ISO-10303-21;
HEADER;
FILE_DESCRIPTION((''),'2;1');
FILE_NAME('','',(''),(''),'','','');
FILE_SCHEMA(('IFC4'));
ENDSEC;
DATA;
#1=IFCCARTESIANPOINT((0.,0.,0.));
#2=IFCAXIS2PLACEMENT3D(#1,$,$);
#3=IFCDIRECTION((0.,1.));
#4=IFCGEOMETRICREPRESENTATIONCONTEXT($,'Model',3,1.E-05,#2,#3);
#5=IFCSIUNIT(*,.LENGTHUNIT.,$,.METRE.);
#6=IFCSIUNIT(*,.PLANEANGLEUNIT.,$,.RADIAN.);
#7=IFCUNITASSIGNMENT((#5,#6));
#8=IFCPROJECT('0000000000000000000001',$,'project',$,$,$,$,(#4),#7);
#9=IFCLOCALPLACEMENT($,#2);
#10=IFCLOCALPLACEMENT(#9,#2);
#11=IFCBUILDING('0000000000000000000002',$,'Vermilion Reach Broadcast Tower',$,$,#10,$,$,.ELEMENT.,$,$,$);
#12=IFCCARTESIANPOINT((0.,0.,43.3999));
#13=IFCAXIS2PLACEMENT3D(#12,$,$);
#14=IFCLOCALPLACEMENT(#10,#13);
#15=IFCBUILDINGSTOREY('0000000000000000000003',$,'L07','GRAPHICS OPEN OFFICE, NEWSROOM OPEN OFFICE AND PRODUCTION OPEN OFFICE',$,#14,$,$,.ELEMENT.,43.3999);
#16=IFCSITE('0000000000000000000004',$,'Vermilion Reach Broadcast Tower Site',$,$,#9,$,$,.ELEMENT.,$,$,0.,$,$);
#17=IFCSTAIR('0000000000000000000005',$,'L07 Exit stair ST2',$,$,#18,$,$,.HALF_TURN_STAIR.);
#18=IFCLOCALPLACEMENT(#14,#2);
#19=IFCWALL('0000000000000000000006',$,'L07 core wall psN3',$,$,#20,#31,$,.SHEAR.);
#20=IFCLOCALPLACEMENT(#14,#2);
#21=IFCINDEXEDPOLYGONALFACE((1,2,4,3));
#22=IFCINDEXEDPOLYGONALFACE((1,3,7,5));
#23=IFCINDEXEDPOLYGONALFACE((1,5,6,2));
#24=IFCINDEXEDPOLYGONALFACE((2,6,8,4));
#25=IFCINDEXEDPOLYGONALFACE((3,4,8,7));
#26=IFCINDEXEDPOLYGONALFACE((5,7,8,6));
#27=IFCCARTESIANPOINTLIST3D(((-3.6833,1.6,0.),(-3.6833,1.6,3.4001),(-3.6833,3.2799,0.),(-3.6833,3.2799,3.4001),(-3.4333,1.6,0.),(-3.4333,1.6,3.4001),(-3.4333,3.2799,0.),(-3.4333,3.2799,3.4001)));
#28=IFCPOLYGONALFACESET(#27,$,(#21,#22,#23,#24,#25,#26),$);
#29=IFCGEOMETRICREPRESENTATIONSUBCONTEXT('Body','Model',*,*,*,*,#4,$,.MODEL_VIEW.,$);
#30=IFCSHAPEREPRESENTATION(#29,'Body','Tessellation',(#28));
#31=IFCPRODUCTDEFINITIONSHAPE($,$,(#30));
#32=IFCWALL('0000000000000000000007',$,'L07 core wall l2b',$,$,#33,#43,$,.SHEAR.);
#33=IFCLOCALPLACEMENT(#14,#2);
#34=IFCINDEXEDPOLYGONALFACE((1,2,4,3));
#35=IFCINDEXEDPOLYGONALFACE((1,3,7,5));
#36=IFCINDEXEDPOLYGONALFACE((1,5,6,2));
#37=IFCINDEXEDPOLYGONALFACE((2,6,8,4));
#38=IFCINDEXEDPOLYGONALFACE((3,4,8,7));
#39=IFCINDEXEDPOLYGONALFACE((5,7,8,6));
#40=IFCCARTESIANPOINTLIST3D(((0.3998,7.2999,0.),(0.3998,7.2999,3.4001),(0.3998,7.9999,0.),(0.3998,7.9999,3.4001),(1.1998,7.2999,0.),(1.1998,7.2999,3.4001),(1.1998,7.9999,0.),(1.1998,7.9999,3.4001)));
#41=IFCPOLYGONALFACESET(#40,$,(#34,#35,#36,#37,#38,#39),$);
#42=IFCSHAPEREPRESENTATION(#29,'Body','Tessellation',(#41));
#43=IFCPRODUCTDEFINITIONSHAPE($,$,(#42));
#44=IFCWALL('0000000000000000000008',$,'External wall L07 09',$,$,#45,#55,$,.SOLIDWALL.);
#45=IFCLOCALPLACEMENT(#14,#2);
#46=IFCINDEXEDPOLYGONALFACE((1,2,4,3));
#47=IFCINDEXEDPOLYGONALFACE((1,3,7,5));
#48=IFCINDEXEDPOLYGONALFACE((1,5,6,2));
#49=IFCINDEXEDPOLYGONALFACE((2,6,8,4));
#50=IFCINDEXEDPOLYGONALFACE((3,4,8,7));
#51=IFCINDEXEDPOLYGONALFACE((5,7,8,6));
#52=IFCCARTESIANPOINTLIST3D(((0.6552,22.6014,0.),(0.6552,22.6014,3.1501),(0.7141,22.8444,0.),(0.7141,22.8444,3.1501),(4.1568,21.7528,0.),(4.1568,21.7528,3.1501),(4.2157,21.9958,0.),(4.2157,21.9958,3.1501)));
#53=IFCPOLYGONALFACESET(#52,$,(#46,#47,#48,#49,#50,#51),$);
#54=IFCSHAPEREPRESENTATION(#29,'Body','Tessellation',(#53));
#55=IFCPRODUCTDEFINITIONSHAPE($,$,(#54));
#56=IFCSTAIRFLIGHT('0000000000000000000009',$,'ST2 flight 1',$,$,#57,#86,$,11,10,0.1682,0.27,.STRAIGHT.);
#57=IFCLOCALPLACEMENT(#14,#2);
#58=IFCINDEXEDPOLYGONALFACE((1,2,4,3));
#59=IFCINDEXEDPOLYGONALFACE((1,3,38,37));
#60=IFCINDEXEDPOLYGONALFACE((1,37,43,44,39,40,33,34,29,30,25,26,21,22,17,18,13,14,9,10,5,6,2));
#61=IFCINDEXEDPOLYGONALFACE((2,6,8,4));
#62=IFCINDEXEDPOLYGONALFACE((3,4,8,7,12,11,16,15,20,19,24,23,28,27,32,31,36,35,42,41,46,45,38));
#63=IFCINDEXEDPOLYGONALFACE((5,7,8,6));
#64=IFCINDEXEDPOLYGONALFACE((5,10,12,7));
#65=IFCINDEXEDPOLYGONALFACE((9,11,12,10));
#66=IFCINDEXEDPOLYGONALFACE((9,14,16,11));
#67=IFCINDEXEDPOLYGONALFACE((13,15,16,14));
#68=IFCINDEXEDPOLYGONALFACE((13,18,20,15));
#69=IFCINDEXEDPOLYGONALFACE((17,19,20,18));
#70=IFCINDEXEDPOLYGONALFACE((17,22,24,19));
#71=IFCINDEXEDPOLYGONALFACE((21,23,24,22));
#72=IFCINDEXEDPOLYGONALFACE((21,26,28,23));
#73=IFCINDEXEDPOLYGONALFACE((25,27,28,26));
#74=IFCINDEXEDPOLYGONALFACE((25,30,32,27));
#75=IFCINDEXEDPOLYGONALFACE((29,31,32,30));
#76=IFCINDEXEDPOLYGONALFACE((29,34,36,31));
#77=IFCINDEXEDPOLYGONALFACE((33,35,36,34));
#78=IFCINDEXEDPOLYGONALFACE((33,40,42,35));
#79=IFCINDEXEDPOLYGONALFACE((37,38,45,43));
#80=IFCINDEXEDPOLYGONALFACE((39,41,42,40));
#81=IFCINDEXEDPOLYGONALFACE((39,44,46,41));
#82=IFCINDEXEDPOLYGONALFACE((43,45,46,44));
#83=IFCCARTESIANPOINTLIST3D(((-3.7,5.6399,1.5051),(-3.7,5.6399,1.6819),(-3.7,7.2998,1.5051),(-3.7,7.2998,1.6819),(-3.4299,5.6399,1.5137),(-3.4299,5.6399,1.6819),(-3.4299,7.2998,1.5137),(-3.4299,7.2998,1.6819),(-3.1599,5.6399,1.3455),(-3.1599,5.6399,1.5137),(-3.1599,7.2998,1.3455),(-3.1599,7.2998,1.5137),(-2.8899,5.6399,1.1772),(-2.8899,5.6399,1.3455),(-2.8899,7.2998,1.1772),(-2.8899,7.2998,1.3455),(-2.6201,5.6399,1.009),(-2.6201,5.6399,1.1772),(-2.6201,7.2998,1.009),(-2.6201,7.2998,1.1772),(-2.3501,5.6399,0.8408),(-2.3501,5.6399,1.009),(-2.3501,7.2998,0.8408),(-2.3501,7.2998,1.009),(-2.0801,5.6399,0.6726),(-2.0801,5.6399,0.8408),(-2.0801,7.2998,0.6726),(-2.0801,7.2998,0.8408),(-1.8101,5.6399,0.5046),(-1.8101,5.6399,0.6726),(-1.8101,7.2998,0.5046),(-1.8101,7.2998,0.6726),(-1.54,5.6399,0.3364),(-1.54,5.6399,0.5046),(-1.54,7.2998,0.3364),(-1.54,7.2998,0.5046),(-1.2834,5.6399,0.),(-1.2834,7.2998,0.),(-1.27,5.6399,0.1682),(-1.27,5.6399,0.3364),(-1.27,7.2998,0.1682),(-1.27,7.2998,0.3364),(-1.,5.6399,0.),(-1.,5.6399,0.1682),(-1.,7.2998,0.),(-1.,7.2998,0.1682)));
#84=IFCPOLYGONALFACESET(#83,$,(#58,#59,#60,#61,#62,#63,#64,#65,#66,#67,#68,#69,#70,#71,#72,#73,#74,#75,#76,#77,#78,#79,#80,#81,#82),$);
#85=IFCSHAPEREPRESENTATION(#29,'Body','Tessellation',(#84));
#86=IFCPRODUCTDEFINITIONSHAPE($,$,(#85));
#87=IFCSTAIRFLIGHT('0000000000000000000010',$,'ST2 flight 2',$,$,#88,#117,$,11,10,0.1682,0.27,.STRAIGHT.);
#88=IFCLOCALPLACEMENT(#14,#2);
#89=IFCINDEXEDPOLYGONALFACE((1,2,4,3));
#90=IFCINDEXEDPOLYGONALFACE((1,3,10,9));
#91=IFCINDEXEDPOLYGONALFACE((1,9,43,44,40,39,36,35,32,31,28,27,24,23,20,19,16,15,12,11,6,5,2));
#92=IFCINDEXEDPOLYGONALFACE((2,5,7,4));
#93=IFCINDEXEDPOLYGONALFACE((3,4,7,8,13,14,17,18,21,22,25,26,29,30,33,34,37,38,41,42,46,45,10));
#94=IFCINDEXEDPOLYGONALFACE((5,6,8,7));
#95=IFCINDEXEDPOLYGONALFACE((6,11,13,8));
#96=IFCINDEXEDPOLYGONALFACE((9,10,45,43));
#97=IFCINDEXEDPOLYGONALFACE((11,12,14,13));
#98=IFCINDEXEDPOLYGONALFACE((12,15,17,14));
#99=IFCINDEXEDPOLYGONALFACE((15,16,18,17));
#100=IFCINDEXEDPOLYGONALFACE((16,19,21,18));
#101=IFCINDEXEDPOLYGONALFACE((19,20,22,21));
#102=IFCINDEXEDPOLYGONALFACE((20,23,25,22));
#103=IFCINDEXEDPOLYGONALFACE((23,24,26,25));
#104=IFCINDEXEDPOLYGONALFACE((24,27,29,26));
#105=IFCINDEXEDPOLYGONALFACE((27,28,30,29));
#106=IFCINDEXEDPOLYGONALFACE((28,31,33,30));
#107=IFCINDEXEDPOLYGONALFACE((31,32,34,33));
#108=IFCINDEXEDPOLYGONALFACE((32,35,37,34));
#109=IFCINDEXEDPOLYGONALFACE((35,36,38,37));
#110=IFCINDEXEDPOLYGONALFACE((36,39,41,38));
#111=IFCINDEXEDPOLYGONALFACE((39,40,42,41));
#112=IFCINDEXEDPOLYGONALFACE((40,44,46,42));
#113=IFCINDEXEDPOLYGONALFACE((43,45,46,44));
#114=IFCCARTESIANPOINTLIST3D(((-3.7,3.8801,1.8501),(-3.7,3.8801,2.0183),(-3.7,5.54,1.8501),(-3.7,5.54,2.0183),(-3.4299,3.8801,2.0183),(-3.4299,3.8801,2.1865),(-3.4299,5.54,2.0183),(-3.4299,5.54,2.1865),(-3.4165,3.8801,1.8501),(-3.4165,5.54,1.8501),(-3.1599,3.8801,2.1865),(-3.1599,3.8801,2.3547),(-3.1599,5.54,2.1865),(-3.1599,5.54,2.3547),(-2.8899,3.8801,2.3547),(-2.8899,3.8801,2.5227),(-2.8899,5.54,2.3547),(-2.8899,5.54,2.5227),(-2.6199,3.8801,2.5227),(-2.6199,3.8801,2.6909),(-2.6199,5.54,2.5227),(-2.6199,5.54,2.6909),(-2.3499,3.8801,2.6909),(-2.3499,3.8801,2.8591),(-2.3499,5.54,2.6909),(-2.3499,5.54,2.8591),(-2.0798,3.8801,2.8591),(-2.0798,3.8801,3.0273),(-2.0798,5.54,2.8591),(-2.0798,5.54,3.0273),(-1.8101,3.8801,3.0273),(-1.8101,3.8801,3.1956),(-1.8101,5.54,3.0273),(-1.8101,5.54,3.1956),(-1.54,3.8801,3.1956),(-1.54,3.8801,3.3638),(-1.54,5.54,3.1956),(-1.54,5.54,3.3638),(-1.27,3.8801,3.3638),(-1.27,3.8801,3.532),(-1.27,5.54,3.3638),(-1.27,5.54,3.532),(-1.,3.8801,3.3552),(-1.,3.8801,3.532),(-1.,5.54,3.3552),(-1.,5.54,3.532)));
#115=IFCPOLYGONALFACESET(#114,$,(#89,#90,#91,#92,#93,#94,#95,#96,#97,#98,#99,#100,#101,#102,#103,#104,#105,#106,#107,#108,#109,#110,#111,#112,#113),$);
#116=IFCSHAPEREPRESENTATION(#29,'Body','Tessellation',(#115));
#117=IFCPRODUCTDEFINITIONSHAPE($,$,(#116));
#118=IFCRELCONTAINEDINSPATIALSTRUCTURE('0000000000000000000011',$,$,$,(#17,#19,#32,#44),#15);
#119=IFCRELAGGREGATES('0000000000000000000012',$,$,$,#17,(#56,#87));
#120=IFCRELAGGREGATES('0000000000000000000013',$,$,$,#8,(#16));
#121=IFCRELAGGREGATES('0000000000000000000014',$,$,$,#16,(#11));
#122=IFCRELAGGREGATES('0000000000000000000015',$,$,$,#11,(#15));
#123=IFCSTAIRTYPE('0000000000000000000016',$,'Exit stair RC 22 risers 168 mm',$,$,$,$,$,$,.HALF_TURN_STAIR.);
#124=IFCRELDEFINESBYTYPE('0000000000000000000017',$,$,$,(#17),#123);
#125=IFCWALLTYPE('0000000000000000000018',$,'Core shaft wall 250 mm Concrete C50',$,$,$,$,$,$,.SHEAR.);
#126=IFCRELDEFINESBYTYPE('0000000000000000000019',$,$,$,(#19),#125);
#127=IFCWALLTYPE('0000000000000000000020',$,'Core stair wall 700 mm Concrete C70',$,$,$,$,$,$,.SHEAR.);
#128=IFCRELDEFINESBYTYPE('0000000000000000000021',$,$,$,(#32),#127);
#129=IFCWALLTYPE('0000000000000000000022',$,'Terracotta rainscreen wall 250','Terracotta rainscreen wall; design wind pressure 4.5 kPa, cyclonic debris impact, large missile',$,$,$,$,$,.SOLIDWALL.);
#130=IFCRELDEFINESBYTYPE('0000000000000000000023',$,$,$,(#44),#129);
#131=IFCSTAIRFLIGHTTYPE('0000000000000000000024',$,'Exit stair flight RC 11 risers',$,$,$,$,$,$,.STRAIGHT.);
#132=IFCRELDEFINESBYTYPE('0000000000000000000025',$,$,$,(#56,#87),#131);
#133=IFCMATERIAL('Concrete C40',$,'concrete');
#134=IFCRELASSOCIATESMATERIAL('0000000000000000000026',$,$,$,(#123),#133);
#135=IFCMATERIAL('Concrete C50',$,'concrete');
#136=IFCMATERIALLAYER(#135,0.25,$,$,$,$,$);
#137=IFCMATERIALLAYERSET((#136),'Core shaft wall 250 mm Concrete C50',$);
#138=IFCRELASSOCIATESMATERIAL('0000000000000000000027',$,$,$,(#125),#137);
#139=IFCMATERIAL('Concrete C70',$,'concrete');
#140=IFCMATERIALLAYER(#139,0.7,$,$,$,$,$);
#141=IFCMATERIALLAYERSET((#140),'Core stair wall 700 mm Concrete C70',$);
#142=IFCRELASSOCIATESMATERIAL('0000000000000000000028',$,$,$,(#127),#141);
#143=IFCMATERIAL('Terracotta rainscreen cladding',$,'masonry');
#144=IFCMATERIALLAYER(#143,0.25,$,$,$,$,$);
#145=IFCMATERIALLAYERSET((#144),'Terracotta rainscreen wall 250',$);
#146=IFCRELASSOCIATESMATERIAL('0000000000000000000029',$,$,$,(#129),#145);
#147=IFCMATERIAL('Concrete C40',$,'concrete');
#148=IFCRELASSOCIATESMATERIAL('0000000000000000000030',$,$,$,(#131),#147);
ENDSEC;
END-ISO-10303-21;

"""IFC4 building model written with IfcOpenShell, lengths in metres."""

from ifc_helpers import new_model, si_unit, direction, frame, frame_2d, origin, place, context, subcontext, project, spatial, polyline, rectangle, outline, extrude, material, layer, layer_set, type_object, element, aggregate, save


model = new_model("IFC4")

# Units and contexts
model_context = context("Model", 3, precision=1e-05, world=origin(), true_north=direction((0.0, 1.0)))
body_context = subcontext(model_context, "Body", "Model", "MODEL_VIEW")
ifc_project = project(units=[si_unit("LENGTHUNIT", "METRE"), si_unit("PLANEANGLEUNIT", "RADIAN")], contexts=[model_context])

# Site, building, storey
site_placement = place(None, origin())
site = spatial("IfcSite", under=ifc_project, at=site_placement, Name="Vermilion Reach Broadcast Tower Site", CompositionType="ELEMENT", RefElevation=0.0)
building_placement = place(site_placement, origin())
building = spatial("IfcBuilding", under=site, at=building_placement, Name="Vermilion Reach Broadcast Tower", CompositionType="ELEMENT")
storey_placement = place(building_placement, frame((0.0, 0.0, 43.3999)))
storey = spatial("IfcBuildingStorey", under=building, at=storey_placement, Name="L07", Description="GRAPHICS OPEN OFFICE, NEWSROOM OPEN OFFICE AND PRODUCTION OPEN OFFICE", CompositionType="ELEMENT", Elevation=43.3999)

# Shared definitions
placement_1 = place(storey_placement, origin())

# Stair
ifc_material_1 = material(Name="Concrete C40", Category="concrete")
stair_type = type_object("IfcStairType", Name="Exit stair RC 22 risers 168 mm", PredefinedType="HALF_TURN_STAIR", material=ifc_material_1)
stair_1 = element("IfcStair", 1, at=placement_1, inside=storey, type_object=stair_type, Name="L07 Exit stair ST2", PredefinedType="HALF_TURN_STAIR")

# Walls
ifc_material_2 = material(Name="Concrete C50", Category="concrete")
ifc_layer_1 = layer(ifc_material_2, 0.25)
ifc_layer_set_1 = layer_set([ifc_layer_1], Name="Core shaft wall 250 mm Concrete C50")
wall_type_1 = type_object("IfcWallType", Name="Core shaft wall 250 mm Concrete C50", PredefinedType="SHEAR", material=ifc_layer_set_1)
wall_1_placement = place(storey_placement, frame((-3.5583, 1.6001, 0.0), z_axis=(0.0, 0.0, 1.0), x_axis=(0.0, 1.0, 0.0)))
element("IfcWall", 2, at=wall_1_placement, inside=storey, type_object=wall_type_1, Name="L07 core wall psN3", PredefinedType="SHEAR", context=body_context, shape_type="SweptSolid", body=[
    extrude(rectangle(XDim=1.6799, YDim=0.25, at=frame_2d((0.8398, 0.0))), origin(), (0.0, 0.0, 1.0), 3.4001),
])
ifc_material_3 = material(Name="Concrete C70", Category="concrete")
ifc_layer_2 = layer(ifc_material_3, 0.7)
ifc_layer_set_2 = layer_set([ifc_layer_2], Name="Core stair wall 700 mm Concrete C70")
wall_type_2 = type_object("IfcWallType", Name="Core stair wall 700 mm Concrete C70", PredefinedType="SHEAR", material=ifc_layer_set_2)
wall_2_placement = place(storey_placement, frame((0.3999, 7.6499, 0.0), z_axis=(0.0, 0.0, 1.0), x_axis=(1.0, 0.0, 0.0)))
element("IfcWall", 3, at=wall_2_placement, inside=storey, type_object=wall_type_2, Name="L07 core wall l2b", PredefinedType="SHEAR", context=body_context, shape_type="SweptSolid", body=[
    extrude(rectangle(XDim=0.8, YDim=0.7, at=frame_2d((0.3999, 0.0))), origin(), (0.0, 0.0, 1.0), 3.4001),
])
ifc_material_4 = material(Name="Terracotta rainscreen cladding", Category="masonry")
ifc_layer_3 = layer(ifc_material_4, 0.25)
ifc_layer_set_3 = layer_set([ifc_layer_3], Name="Terracotta rainscreen wall 250")
wall_type_3 = type_object("IfcWallType", Name="Terracotta rainscreen wall 250", Description="Terracotta rainscreen wall; design wind pressure 4.5 kPa, cyclonic debris impact, large missile", PredefinedType="SOLIDWALL", material=ifc_layer_set_3)
wall_3_placement = place(storey_placement, frame((4.1863, 21.8743, 0.0), z_axis=(0.0, 0.0, 1.0), x_axis=(-0.971867, 0.23553, 0.0)))
element("IfcWall", 4, at=wall_3_placement, inside=storey, type_object=wall_type_3, Name="External wall L07 09", PredefinedType="SOLIDWALL", context=body_context, shape_type="SweptSolid", body=[
    extrude(rectangle(XDim=3.603, YDim=0.25, at=frame_2d((1.8015, 0.0))), origin(), (0.0, 0.0, 1.0), 3.1501),
])

# Stair flights
ifc_material_5 = material(Name="Concrete C40", Category="concrete")
stair_flight_type = type_object("IfcStairFlightType", Name="Exit stair flight RC 11 risers", PredefinedType="STRAIGHT", material=ifc_material_5)
stair_flight_1_placement = place(storey_placement, frame((-1.0, 6.47, 0.0), z_axis=(0.0, 0.0, 1.0), x_axis=(-1.0, 0.0, 0.0)))
stair_flight_1 = element("IfcStairFlight", 5, at=stair_flight_1_placement, type_object=stair_flight_type, Name="ST2 flight 1", NumberOfRisers=11, NumberOfTreads=10, PredefinedType="STRAIGHT", RiserHeight=0.1682, TreadLength=0.27, context=body_context, shape_type="SweptSolid", body=[
    extrude(outline(polyline([(0.0, 0.0), (0.0, 0.1682), (0.27, 0.1682), (0.27, 0.3364), (0.54, 0.3364), (0.54, 0.5046), (0.8101, 0.5046), (0.8101, 0.6726), (1.0801, 0.6726), (1.0801, 0.8408), (1.3501, 0.8408), (1.3501, 1.009), (1.6201, 1.009), (1.6201, 1.1772), (1.8899, 1.1772), (1.8899, 1.3455), (2.1599, 1.3455), (2.1599, 1.5137), (2.4299, 1.5137), (2.4299, 1.6819), (2.7, 1.6819), (2.7, 1.8501), (2.7, 1.5051), (0.2834, 0.0), (0.0, 0.0)])), frame((0.0, 0.8301, 0.0), z_axis=(0.0, -1.0, 0.0), x_axis=(1.0, 0.0, 0.0)), (0.0, 0.0, 1.0), 1.6599),
])
stair_flight_2_placement = place(storey_placement, frame((-3.7, 4.71, 1.8501), z_axis=(0.0, 0.0, 1.0), x_axis=(1.0, 0.0, 0.0)))
stair_flight_2 = element("IfcStairFlight", 6, at=stair_flight_2_placement, type_object=stair_flight_type, Name="ST2 flight 2", NumberOfRisers=11, NumberOfTreads=10, PredefinedType="STRAIGHT", RiserHeight=0.1682, TreadLength=0.27, context=body_context, shape_type="SweptSolid", body=[
    extrude(outline(polyline([(0.0, 0.0), (0.0, 0.1682), (0.27, 0.1682), (0.27, 0.3364), (0.54, 0.3364), (0.54, 0.5046), (0.8101, 0.5046), (0.8101, 0.6726), (1.0801, 0.6726), (1.0801, 0.8408), (1.3501, 0.8408), (1.3501, 1.009), (1.6201, 1.009), (1.6201, 1.1772), (1.8899, 1.1772), (1.8899, 1.3455), (2.1599, 1.3455), (2.1599, 1.5137), (2.4299, 1.5137), (2.4299, 1.6819), (2.7, 1.6819), (2.7, 1.8501), (2.7, 1.5051), (0.2834, 0.0), (0.0, 0.0)])), frame((0.0, 0.8301, 0.0), z_axis=(0.0, -1.0, 0.0), x_axis=(1.0, 0.0, 0.0)), (0.0, 0.0, 1.0), 1.6599),
])
aggregate(stair_1, [stair_flight_1, stair_flight_2])

save(model, "model.ifc")
